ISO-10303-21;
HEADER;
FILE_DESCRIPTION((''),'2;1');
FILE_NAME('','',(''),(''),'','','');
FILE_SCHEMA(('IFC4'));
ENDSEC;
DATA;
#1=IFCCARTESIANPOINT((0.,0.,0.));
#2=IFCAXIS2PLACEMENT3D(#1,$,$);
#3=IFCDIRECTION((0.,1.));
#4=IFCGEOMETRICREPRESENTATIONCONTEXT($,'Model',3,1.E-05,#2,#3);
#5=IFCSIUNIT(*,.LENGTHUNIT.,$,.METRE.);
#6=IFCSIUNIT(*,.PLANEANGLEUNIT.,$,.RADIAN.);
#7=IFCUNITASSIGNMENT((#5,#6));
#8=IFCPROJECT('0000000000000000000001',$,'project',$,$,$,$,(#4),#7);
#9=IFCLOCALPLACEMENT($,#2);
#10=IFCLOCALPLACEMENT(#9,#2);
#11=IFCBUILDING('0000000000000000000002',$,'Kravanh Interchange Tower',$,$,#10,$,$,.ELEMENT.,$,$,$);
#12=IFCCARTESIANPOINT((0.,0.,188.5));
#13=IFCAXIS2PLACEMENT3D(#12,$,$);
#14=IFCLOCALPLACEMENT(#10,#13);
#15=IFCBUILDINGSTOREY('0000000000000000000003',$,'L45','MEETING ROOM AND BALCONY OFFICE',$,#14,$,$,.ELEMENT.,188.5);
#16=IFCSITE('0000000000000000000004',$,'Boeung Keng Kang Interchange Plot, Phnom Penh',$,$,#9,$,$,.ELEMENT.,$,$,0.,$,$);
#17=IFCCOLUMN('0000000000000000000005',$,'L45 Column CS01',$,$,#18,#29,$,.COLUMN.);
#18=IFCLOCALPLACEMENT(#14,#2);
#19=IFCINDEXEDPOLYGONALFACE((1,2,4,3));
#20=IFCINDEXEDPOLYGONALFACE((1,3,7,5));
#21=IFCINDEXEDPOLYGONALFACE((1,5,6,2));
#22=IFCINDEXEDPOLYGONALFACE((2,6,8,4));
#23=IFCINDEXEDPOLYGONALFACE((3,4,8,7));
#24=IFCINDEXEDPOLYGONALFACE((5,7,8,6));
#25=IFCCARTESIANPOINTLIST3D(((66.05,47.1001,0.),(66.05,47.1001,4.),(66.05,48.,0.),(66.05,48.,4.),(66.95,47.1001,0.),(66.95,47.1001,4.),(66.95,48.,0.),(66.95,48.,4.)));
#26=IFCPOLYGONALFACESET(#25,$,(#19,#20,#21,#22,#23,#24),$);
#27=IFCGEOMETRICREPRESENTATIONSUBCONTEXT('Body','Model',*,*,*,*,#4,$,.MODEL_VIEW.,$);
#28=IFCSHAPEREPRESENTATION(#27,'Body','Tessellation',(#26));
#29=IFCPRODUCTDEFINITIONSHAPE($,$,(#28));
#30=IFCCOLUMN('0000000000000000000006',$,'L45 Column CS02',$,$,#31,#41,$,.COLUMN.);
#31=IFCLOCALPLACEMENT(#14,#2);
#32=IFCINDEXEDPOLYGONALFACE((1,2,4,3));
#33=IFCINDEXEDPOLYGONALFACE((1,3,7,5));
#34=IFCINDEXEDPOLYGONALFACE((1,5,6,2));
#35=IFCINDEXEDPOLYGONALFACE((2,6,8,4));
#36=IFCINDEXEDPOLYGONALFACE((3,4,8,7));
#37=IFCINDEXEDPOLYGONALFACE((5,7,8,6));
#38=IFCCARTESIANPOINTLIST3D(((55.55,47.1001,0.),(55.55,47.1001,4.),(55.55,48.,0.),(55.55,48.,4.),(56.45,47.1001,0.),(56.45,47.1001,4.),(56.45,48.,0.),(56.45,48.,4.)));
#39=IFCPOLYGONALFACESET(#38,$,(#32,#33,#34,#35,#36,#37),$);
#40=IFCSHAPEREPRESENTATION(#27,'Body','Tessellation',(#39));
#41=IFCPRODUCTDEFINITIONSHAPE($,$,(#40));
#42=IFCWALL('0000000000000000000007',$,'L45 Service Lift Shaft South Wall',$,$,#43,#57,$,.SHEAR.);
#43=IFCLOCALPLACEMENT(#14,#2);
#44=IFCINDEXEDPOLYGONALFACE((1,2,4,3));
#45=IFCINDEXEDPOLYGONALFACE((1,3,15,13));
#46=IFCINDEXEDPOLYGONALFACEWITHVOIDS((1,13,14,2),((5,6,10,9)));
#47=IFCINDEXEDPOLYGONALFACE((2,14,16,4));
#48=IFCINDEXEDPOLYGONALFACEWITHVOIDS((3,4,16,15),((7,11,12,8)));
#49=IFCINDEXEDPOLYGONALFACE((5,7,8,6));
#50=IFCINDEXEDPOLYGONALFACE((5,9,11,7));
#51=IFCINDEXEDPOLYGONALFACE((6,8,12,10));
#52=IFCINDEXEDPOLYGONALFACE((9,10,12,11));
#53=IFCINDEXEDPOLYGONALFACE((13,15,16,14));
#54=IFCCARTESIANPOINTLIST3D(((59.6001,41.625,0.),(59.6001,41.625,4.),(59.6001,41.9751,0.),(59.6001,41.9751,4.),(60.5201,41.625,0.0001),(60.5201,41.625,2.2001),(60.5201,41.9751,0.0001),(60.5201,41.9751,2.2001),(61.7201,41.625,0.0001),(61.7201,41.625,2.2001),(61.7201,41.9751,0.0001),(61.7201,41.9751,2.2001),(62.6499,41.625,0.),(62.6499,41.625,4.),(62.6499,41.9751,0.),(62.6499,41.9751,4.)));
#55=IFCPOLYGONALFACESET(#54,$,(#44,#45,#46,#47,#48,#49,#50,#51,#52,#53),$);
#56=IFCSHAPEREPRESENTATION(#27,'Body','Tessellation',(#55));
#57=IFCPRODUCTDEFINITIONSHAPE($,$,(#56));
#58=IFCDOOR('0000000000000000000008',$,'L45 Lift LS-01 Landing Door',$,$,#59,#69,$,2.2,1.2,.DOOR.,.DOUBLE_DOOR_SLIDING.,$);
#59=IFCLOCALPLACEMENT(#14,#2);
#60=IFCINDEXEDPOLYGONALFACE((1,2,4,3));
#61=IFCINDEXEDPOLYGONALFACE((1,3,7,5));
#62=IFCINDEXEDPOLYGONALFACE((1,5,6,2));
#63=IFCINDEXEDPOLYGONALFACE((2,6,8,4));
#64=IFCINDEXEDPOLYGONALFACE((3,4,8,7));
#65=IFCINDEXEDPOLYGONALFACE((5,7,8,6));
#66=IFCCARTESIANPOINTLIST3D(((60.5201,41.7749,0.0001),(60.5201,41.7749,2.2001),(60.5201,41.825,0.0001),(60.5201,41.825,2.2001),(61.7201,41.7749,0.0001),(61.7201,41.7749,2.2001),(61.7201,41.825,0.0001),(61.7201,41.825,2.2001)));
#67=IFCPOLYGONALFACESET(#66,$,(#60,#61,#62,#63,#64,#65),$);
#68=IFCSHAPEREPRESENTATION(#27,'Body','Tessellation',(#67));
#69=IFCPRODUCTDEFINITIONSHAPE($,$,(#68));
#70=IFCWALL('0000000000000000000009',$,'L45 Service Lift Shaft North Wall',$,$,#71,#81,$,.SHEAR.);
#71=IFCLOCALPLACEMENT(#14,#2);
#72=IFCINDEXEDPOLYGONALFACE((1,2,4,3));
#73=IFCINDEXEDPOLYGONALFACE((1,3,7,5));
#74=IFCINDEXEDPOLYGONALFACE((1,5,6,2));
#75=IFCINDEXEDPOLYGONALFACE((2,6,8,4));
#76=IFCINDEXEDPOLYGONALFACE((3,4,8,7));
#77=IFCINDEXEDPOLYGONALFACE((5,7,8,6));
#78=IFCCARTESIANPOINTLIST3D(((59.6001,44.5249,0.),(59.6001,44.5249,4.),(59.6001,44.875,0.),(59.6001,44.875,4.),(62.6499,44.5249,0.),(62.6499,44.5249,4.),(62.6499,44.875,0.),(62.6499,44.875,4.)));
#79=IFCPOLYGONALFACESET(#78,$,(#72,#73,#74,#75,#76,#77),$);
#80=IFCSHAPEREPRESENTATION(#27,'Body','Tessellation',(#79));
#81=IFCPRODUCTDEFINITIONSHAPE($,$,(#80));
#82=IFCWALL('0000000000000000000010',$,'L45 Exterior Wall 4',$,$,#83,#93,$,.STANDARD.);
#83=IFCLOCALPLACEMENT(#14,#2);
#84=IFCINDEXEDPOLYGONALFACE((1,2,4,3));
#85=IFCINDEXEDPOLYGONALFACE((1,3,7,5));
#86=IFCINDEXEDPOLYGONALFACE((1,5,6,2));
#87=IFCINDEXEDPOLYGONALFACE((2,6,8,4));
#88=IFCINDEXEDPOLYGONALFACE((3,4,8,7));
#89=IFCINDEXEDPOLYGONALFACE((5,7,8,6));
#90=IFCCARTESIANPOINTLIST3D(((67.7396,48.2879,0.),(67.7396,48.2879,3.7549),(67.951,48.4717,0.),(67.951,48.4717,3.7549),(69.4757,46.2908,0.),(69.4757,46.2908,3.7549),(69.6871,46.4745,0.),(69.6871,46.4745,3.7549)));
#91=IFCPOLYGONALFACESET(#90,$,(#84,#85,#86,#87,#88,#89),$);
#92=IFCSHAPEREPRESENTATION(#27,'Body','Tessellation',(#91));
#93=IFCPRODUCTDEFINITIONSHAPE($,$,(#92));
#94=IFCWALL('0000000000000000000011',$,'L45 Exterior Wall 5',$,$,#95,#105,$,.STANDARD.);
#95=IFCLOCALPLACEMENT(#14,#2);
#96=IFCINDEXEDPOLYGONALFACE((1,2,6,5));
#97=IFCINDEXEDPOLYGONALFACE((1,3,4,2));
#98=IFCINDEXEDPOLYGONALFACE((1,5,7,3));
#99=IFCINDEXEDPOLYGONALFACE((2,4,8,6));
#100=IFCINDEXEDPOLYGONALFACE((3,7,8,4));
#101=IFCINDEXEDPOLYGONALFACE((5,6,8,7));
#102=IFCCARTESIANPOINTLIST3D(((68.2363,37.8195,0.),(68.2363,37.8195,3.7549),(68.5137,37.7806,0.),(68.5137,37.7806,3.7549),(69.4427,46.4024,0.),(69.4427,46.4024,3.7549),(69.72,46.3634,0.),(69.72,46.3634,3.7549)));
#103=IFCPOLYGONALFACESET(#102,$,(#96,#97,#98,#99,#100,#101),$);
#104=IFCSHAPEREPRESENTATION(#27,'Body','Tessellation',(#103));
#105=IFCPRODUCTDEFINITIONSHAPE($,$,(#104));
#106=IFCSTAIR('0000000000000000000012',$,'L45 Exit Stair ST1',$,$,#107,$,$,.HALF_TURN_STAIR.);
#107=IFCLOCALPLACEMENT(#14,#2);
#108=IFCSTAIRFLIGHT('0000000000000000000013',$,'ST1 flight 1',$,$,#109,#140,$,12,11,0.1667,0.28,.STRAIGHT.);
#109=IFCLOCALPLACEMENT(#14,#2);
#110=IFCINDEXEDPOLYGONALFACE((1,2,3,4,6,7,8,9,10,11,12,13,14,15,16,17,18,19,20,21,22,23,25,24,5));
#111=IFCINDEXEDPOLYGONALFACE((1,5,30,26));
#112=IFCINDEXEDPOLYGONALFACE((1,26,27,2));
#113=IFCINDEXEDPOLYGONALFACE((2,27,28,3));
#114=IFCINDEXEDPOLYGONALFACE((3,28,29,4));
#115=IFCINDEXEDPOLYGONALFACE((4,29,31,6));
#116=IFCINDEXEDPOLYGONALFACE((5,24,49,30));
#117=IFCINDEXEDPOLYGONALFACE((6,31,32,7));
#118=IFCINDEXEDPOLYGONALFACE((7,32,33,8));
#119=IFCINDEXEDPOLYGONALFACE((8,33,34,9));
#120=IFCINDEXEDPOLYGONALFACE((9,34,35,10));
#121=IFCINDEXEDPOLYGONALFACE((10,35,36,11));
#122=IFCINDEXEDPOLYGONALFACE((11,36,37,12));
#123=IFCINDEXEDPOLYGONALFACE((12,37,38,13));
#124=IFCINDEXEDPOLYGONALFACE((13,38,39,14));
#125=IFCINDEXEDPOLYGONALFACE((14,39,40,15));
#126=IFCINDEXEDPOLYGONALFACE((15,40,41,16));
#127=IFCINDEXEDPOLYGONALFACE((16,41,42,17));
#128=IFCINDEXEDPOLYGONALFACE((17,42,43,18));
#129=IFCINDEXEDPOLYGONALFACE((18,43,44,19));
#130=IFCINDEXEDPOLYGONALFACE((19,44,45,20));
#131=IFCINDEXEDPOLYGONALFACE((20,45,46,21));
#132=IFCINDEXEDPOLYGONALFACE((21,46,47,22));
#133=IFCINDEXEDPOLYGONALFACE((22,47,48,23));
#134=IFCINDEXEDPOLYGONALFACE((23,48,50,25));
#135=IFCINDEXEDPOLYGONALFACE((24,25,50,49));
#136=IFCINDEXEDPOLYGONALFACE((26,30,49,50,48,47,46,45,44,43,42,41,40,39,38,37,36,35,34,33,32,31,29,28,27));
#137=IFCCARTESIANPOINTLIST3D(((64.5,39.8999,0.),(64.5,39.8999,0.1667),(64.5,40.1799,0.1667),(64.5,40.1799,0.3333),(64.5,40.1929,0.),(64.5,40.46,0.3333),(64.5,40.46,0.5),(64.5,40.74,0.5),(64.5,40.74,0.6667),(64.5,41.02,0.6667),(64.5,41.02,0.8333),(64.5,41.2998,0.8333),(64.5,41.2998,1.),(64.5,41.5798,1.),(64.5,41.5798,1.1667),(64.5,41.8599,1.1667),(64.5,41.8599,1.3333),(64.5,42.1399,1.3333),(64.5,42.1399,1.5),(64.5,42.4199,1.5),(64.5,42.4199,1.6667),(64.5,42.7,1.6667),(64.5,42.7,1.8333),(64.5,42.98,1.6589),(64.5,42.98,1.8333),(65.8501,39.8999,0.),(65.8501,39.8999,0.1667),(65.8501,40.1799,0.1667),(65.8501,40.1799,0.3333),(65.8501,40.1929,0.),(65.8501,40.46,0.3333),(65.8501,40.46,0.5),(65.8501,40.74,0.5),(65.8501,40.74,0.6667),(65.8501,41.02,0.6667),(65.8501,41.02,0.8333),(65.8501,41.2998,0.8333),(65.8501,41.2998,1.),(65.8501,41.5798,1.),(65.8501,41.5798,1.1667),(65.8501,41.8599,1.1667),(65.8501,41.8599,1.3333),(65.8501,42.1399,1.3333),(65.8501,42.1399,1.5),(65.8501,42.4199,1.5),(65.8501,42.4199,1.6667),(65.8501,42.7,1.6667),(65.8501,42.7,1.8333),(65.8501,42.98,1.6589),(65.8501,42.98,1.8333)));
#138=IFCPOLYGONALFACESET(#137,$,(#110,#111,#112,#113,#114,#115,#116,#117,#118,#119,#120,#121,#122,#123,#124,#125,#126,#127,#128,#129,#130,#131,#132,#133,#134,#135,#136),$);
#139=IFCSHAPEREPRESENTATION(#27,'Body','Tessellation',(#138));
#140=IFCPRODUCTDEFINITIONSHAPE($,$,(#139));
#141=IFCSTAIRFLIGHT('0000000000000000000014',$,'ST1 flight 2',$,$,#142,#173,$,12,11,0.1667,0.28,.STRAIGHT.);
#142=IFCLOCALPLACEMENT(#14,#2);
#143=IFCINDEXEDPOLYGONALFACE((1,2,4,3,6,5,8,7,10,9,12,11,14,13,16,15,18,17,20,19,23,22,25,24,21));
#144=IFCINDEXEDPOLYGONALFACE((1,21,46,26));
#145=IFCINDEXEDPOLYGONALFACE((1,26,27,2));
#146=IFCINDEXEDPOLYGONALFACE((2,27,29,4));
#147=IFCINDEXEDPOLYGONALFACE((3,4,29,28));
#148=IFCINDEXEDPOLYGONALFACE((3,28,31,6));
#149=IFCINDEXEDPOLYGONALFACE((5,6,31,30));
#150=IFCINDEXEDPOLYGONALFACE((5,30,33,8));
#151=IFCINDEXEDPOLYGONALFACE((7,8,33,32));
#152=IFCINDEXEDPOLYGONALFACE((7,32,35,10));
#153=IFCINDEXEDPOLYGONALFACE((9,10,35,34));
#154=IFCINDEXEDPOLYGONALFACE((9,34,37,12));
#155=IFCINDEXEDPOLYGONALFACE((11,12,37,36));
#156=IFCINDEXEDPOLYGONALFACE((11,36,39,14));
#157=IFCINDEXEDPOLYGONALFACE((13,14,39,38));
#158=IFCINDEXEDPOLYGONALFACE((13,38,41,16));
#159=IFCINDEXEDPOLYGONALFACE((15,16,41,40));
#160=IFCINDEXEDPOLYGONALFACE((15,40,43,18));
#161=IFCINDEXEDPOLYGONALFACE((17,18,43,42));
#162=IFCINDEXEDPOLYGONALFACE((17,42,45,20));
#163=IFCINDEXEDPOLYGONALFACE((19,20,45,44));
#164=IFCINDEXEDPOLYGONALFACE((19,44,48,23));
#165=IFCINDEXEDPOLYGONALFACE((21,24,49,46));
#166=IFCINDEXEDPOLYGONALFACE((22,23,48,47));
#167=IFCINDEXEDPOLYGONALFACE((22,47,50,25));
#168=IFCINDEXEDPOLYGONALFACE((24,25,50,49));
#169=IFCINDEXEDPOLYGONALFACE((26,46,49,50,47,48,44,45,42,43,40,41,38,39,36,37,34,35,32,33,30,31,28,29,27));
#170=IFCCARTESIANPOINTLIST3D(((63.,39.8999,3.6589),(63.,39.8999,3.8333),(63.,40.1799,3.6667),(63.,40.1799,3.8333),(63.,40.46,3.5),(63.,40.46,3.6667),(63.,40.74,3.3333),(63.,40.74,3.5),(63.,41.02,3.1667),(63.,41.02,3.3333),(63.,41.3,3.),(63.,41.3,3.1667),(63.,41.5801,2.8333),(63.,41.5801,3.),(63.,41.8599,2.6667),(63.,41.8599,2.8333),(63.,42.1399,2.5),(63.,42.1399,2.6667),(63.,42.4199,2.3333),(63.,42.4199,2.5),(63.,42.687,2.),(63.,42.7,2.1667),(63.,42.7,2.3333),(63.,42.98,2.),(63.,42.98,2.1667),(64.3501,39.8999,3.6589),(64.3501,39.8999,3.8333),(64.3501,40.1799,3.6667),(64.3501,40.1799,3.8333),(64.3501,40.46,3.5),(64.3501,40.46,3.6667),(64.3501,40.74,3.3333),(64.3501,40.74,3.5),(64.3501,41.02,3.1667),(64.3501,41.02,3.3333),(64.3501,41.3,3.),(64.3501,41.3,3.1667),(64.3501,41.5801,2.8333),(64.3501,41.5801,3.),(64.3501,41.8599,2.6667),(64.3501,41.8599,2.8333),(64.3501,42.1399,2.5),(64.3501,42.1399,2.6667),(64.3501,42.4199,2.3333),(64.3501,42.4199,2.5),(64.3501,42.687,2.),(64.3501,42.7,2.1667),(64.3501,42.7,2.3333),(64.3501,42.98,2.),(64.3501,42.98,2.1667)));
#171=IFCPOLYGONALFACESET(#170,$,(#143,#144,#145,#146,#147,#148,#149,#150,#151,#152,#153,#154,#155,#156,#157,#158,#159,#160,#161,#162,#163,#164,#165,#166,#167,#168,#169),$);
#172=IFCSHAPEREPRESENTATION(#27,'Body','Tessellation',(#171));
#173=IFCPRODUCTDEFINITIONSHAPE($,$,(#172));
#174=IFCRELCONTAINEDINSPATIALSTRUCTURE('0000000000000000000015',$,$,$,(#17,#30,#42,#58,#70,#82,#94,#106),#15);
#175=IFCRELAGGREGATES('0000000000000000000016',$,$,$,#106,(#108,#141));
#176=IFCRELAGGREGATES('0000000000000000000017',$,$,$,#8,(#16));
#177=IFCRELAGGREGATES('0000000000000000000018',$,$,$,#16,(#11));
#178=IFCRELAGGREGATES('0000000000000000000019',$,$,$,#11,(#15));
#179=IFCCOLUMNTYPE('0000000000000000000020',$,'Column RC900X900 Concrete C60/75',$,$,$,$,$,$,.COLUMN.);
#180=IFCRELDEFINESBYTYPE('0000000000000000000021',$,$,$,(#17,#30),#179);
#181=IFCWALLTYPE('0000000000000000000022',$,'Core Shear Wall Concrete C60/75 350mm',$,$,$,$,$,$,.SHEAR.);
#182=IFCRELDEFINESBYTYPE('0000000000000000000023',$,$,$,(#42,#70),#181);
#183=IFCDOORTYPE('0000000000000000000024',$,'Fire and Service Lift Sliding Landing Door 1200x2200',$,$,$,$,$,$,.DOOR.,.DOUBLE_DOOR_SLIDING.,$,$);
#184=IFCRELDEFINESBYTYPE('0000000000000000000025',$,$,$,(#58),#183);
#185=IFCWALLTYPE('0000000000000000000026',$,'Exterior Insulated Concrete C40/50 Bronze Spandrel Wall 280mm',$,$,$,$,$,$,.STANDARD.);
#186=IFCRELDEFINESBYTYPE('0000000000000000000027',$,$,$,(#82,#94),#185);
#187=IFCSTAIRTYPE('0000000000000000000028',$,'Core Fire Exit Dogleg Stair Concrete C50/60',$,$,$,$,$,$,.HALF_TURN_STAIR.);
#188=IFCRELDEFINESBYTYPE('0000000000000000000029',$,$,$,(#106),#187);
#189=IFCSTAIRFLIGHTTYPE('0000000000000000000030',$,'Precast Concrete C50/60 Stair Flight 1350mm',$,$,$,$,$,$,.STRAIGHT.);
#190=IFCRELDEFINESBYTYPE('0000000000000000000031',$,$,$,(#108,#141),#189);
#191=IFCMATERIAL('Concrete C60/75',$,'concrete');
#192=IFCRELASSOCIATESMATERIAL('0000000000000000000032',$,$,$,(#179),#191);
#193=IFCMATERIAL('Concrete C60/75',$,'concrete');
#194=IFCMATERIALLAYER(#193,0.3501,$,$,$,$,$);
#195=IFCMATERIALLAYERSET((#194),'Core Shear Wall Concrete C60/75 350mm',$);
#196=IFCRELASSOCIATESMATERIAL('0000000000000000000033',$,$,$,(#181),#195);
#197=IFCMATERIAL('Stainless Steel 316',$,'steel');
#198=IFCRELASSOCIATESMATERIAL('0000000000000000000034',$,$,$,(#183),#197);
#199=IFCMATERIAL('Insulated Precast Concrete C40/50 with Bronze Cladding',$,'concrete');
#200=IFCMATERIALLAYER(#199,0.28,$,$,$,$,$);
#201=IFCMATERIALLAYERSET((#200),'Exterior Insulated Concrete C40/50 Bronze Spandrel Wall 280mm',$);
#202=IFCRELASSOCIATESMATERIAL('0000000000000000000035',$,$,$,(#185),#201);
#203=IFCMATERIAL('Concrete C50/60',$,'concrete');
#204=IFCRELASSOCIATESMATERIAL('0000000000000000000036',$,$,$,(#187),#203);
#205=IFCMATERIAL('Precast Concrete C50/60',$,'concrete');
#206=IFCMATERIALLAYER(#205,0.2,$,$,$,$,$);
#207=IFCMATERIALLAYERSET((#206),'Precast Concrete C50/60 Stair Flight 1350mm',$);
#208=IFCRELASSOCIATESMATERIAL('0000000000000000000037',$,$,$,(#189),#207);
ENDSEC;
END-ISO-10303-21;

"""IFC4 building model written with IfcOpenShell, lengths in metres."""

from ifc_helpers import new_model, si_unit, direction, frame, frame_2d, origin, origin_2d, place, context, subcontext, project, spatial, polyline, rectangle, outline, extrude, material, layer, layer_set, material_profile, profile_set, type_object, element, fill, aggregate, save


model = new_model("IFC4")

# Units and contexts
model_context = context("Model", 3, precision=1e-05, world=origin(), true_north=direction((0.0, 1.0)))
body_context = subcontext(model_context, "Body", "Model", "MODEL_VIEW")
ifc_project = project(units=[si_unit("LENGTHUNIT", "METRE"), si_unit("PLANEANGLEUNIT", "RADIAN")], contexts=[model_context])

# Site, building, storey
site_placement = place(None, origin())
site = spatial("IfcSite", under=ifc_project, at=site_placement, Name="Boeung Keng Kang Interchange Plot, Phnom Penh", CompositionType="ELEMENT", RefElevation=0.0)
building_placement = place(site_placement, origin())
building = spatial("IfcBuilding", under=site, at=building_placement, Name="Kravanh Interchange Tower", CompositionType="ELEMENT")
storey_placement = place(building_placement, frame((0.0, 0.0, 188.5)))
storey = spatial("IfcBuildingStorey", under=building, at=storey_placement, Name="L45", Description="MEETING ROOM AND BALCONY OFFICE", CompositionType="ELEMENT", Elevation=188.5)

# Columns
ifc_material_1 = material(Name="Concrete C60/75", Category="concrete")
ifc_material_profile = material_profile(ifc_material_1, rectangle(XDim=0.8999, YDim=0.8999, at=origin_2d()), Name="RC900X900")
ifc_profile_set = profile_set([ifc_material_profile], Name="Concrete C60/75")
column_type = type_object("IfcColumnType", Name="Column RC900X900 Concrete C60/75", PredefinedType="COLUMN", material=ifc_profile_set)
for number, where, z_axis, x_axis, name in (
    (1, (66.5, 47.55, 0.0), (0.0, 0.0, 1.0), (1.0, 0.0, 0.0), "L45 Column CS01"),
    (2, (56.0, 47.55, 0.0), (0.0, 0.0, 1.0), (1.0, 0.0, 0.0), "L45 Column CS02"),
):
    element("IfcColumn", number, at=place(storey_placement, frame(where, z_axis=z_axis, x_axis=x_axis)), inside=storey, type_object=column_type, Name=name, PredefinedType="COLUMN", context=body_context, shape_type="SweptSolid", body=[
        extrude(rectangle(XDim=0.8999, YDim=0.8999, at=origin_2d()), origin(), (0.0, 0.0, 1.0), 4.0),
    ])

# Wall, opening, door
ifc_material_2 = material(Name="Concrete C60/75", Category="concrete")
ifc_layer_1 = layer(ifc_material_2, 0.3501)
ifc_layer_set_1 = layer_set([ifc_layer_1], Name="Core Shear Wall Concrete C60/75 350mm")
wall_type_1 = type_object("IfcWallType", Name="Core Shear Wall Concrete C60/75 350mm", PredefinedType="SHEAR", material=ifc_layer_set_1)
wall_1_placement = place(storey_placement, frame((59.6001, 41.8, 0.0), z_axis=(0.0, 0.0, 1.0), x_axis=(1.0, 0.0, 0.0)))
wall_1 = element("IfcWall", 3, at=wall_1_placement, inside=storey, type_object=wall_type_1, Name="L45 Service Lift Shaft South Wall", PredefinedType="SHEAR", context=body_context, shape_type="SweptSolid", body=[
    extrude(rectangle(XDim=3.0498, YDim=0.3501, at=frame_2d((1.5249, 0.0))), origin(), (0.0, 0.0, 1.0), 4.0),
])
opening_placement = place(wall_1_placement, frame((0.9199, 0.0, 0.0)))
opening = element("IfcOpeningElement", 4, at=opening_placement, cuts=wall_1, PredefinedType="OPENING", context=body_context, shape_type="SweptSolid", body=[
    extrude(rectangle(XDim=1.2, YDim=2.2, at=frame_2d((0.6001, 1.1001))), frame((0.0, 0.1851, 0.0), z_axis=(0.0, -1.0, 0.0), x_axis=(1.0, 0.0, 0.0)), (0.0, 0.0, 1.0), 0.3701),
])
ifc_material_3 = material(Name="Stainless Steel 316", Category="steel")
door_type = type_object("IfcDoorType", Name="Fire and Service Lift Sliding Landing Door 1200x2200", OperationType="DOUBLE_DOOR_SLIDING", PredefinedType="DOOR", material=ifc_material_3)
door_placement = place(opening_placement, origin())
door = element("IfcDoor", 5, at=door_placement, inside=storey, type_object=door_type, Name="L45 Lift LS-01 Landing Door", OperationType="DOUBLE_DOOR_SLIDING", OverallHeight=2.2, OverallWidth=1.2, PredefinedType="DOOR", context=body_context, shape_type="SweptSolid", body=[
    extrude(rectangle(XDim=1.2, YDim=2.2, at=frame_2d((0.6001, 1.1001))), frame((0.0, 0.0249, 0.0), z_axis=(0.0, -1.0, 0.0), x_axis=(1.0, 0.0, 0.0)), (0.0, 0.0, 1.0), 0.05),
])
fill(opening, door)

# Walls
wall_2_placement = place(storey_placement, frame((59.6001, 44.7, 0.0), z_axis=(0.0, 0.0, 1.0), x_axis=(1.0, 0.0, 0.0)))
element("IfcWall", 6, at=wall_2_placement, inside=storey, type_object=wall_type_1, Name="L45 Service Lift Shaft North Wall", PredefinedType="SHEAR", context=body_context, shape_type="SweptSolid", body=[
    extrude(rectangle(XDim=3.0498, YDim=0.3501, at=frame_2d((1.5249, 0.0))), origin(), (0.0, 0.0, 1.0), 4.0),
])
ifc_material_4 = material(Name="Insulated Precast Concrete C40/50 with Bronze Cladding", Category="concrete")
ifc_layer_2 = layer(ifc_material_4, 0.28)
ifc_layer_set_2 = layer_set([ifc_layer_2], Name="Exterior Insulated Concrete C40/50 Bronze Spandrel Wall 280mm")
wall_type_2 = type_object("IfcWallType", Name="Exterior Insulated Concrete C40/50 Bronze Spandrel Wall 280mm", PredefinedType="STANDARD", material=ifc_layer_set_2)
wall_3_placement = place(storey_placement, frame((67.8452, 48.3799, 0.0), z_axis=(0.0, 0.0, 1.0), x_axis=(0.656071, -0.754699, 0.0)))
element("IfcWall", 7, at=wall_3_placement, inside=storey, type_object=wall_type_2, Name="L45 Exterior Wall 4", PredefinedType="STANDARD", context=body_context, shape_type="SweptSolid", body=[
    extrude(rectangle(XDim=2.6462, YDim=0.28, at=frame_2d((1.3232, 0.0))), origin(), (0.0, 0.0, 1.0), 3.7549),
])
wall_4_placement = place(storey_placement, frame((69.5813, 46.3828, 0.0), z_axis=(0.0, 0.0, 1.0), x_axis=(-0.139181, -0.990267, 0.0)))
element("IfcWall", 8, at=wall_4_placement, inside=storey, type_object=wall_type_2, Name="L45 Exterior Wall 5", PredefinedType="STANDARD", context=body_context, shape_type="SweptSolid", body=[
    extrude(rectangle(XDim=8.6672, YDim=0.28, at=frame_2d((4.3335, 0.0))), origin(), (0.0, 0.0, 1.0), 3.7549),
])

# Stair, stair flights
ifc_material_5 = material(Name="Concrete C50/60", Category="concrete")
stair_type = type_object("IfcStairType", Name="Core Fire Exit Dogleg Stair Concrete C50/60", PredefinedType="HALF_TURN_STAIR", material=ifc_material_5)
stair_1_placement = place(storey_placement, origin())
stair_1 = element("IfcStair", 9, at=stair_1_placement, inside=storey, type_object=stair_type, Name="L45 Exit Stair ST1", PredefinedType="HALF_TURN_STAIR")
ifc_material_6 = material(Name="Precast Concrete C50/60", Category="concrete")
ifc_layer_3 = layer(ifc_material_6, 0.2)
ifc_layer_set_3 = layer_set([ifc_layer_3], Name="Precast Concrete C50/60 Stair Flight 1350mm")
stair_flight_type = type_object("IfcStairFlightType", Name="Precast Concrete C50/60 Stair Flight 1350mm", PredefinedType="STRAIGHT", material=ifc_layer_set_3)
stair_flight_1_placement = place(storey_placement, frame((65.175, 39.8999, 0.0), z_axis=(0.0, 0.0, 1.0), x_axis=(0.0, 1.0, 0.0)))
stair_flight_1 = element("IfcStairFlight", 10, at=stair_flight_1_placement, type_object=stair_flight_type, Name="ST1 flight 1", NumberOfRisers=12, NumberOfTreads=11, PredefinedType="STRAIGHT", RiserHeight=0.1667, TreadLength=0.28, context=body_context, shape_type="SweptSolid", body=[
    extrude(outline(polyline([(0.0, 0.0), (0.0, 0.1667), (0.28, 0.1667), (0.28, 0.3333), (0.5601, 0.3333), (0.5601, 0.5), (0.8401, 0.5), (0.8401, 0.6667), (1.1201, 0.6667), (1.1201, 0.8333), (1.3999, 0.8333), (1.3999, 1.0), (1.6799, 1.0), (1.6799, 1.1667), (1.96, 1.1667), (1.96, 1.3333), (2.24, 1.3333), (2.24, 1.5), (2.52, 1.5), (2.52, 1.6667), (2.8, 1.6667), (2.8, 1.8333), (3.0801, 1.8333), (3.0801, 2.0), (3.0801, 1.6589), (0.293, 0.0), (0.0, 0.0)])), frame((0.0, 0.675, 0.0), z_axis=(0.0, -1.0, 0.0), x_axis=(1.0, 0.0, 0.0)), (0.0, 0.0, 1.0), 1.3501),
])
stair_flight_2_placement = place(storey_placement, frame((63.675, 42.98, 2.0), z_axis=(0.0, 0.0, 1.0), x_axis=(0.0, -1.0, 0.0)))
stair_flight_2 = element("IfcStairFlight", 11, at=stair_flight_2_placement, type_object=stair_flight_type, Name="ST1 flight 2", NumberOfRisers=12, NumberOfTreads=11, PredefinedType="STRAIGHT", RiserHeight=0.1667, TreadLength=0.28, context=body_context, shape_type="SweptSolid", body=[
    extrude(outline(polyline([(0.0, 0.0), (0.0, 0.1667), (0.28, 0.1667), (0.28, 0.3333), (0.5601, 0.3333), (0.5601, 0.5), (0.8401, 0.5), (0.8401, 0.6667), (1.1201, 0.6667), (1.1201, 0.8333), (1.3999, 0.8333), (1.3999, 1.0), (1.6799, 1.0), (1.6799, 1.1667), (1.96, 1.1667), (1.96, 1.3333), (2.24, 1.3333), (2.24, 1.5), (2.52, 1.5), (2.52, 1.6667), (2.8, 1.6667), (2.8, 1.8333), (3.0801, 1.8333), (3.0801, 2.0), (3.0801, 1.6589), (0.293, 0.0), (0.0, 0.0)])), frame((0.0, 0.675, 0.0), z_axis=(0.0, -1.0, 0.0), x_axis=(1.0, 0.0, 0.0)), (0.0, 0.0, 1.0), 1.3501),
])
aggregate(stair_1, [stair_flight_1, stair_flight_2])

save(model, "model.ifc")
